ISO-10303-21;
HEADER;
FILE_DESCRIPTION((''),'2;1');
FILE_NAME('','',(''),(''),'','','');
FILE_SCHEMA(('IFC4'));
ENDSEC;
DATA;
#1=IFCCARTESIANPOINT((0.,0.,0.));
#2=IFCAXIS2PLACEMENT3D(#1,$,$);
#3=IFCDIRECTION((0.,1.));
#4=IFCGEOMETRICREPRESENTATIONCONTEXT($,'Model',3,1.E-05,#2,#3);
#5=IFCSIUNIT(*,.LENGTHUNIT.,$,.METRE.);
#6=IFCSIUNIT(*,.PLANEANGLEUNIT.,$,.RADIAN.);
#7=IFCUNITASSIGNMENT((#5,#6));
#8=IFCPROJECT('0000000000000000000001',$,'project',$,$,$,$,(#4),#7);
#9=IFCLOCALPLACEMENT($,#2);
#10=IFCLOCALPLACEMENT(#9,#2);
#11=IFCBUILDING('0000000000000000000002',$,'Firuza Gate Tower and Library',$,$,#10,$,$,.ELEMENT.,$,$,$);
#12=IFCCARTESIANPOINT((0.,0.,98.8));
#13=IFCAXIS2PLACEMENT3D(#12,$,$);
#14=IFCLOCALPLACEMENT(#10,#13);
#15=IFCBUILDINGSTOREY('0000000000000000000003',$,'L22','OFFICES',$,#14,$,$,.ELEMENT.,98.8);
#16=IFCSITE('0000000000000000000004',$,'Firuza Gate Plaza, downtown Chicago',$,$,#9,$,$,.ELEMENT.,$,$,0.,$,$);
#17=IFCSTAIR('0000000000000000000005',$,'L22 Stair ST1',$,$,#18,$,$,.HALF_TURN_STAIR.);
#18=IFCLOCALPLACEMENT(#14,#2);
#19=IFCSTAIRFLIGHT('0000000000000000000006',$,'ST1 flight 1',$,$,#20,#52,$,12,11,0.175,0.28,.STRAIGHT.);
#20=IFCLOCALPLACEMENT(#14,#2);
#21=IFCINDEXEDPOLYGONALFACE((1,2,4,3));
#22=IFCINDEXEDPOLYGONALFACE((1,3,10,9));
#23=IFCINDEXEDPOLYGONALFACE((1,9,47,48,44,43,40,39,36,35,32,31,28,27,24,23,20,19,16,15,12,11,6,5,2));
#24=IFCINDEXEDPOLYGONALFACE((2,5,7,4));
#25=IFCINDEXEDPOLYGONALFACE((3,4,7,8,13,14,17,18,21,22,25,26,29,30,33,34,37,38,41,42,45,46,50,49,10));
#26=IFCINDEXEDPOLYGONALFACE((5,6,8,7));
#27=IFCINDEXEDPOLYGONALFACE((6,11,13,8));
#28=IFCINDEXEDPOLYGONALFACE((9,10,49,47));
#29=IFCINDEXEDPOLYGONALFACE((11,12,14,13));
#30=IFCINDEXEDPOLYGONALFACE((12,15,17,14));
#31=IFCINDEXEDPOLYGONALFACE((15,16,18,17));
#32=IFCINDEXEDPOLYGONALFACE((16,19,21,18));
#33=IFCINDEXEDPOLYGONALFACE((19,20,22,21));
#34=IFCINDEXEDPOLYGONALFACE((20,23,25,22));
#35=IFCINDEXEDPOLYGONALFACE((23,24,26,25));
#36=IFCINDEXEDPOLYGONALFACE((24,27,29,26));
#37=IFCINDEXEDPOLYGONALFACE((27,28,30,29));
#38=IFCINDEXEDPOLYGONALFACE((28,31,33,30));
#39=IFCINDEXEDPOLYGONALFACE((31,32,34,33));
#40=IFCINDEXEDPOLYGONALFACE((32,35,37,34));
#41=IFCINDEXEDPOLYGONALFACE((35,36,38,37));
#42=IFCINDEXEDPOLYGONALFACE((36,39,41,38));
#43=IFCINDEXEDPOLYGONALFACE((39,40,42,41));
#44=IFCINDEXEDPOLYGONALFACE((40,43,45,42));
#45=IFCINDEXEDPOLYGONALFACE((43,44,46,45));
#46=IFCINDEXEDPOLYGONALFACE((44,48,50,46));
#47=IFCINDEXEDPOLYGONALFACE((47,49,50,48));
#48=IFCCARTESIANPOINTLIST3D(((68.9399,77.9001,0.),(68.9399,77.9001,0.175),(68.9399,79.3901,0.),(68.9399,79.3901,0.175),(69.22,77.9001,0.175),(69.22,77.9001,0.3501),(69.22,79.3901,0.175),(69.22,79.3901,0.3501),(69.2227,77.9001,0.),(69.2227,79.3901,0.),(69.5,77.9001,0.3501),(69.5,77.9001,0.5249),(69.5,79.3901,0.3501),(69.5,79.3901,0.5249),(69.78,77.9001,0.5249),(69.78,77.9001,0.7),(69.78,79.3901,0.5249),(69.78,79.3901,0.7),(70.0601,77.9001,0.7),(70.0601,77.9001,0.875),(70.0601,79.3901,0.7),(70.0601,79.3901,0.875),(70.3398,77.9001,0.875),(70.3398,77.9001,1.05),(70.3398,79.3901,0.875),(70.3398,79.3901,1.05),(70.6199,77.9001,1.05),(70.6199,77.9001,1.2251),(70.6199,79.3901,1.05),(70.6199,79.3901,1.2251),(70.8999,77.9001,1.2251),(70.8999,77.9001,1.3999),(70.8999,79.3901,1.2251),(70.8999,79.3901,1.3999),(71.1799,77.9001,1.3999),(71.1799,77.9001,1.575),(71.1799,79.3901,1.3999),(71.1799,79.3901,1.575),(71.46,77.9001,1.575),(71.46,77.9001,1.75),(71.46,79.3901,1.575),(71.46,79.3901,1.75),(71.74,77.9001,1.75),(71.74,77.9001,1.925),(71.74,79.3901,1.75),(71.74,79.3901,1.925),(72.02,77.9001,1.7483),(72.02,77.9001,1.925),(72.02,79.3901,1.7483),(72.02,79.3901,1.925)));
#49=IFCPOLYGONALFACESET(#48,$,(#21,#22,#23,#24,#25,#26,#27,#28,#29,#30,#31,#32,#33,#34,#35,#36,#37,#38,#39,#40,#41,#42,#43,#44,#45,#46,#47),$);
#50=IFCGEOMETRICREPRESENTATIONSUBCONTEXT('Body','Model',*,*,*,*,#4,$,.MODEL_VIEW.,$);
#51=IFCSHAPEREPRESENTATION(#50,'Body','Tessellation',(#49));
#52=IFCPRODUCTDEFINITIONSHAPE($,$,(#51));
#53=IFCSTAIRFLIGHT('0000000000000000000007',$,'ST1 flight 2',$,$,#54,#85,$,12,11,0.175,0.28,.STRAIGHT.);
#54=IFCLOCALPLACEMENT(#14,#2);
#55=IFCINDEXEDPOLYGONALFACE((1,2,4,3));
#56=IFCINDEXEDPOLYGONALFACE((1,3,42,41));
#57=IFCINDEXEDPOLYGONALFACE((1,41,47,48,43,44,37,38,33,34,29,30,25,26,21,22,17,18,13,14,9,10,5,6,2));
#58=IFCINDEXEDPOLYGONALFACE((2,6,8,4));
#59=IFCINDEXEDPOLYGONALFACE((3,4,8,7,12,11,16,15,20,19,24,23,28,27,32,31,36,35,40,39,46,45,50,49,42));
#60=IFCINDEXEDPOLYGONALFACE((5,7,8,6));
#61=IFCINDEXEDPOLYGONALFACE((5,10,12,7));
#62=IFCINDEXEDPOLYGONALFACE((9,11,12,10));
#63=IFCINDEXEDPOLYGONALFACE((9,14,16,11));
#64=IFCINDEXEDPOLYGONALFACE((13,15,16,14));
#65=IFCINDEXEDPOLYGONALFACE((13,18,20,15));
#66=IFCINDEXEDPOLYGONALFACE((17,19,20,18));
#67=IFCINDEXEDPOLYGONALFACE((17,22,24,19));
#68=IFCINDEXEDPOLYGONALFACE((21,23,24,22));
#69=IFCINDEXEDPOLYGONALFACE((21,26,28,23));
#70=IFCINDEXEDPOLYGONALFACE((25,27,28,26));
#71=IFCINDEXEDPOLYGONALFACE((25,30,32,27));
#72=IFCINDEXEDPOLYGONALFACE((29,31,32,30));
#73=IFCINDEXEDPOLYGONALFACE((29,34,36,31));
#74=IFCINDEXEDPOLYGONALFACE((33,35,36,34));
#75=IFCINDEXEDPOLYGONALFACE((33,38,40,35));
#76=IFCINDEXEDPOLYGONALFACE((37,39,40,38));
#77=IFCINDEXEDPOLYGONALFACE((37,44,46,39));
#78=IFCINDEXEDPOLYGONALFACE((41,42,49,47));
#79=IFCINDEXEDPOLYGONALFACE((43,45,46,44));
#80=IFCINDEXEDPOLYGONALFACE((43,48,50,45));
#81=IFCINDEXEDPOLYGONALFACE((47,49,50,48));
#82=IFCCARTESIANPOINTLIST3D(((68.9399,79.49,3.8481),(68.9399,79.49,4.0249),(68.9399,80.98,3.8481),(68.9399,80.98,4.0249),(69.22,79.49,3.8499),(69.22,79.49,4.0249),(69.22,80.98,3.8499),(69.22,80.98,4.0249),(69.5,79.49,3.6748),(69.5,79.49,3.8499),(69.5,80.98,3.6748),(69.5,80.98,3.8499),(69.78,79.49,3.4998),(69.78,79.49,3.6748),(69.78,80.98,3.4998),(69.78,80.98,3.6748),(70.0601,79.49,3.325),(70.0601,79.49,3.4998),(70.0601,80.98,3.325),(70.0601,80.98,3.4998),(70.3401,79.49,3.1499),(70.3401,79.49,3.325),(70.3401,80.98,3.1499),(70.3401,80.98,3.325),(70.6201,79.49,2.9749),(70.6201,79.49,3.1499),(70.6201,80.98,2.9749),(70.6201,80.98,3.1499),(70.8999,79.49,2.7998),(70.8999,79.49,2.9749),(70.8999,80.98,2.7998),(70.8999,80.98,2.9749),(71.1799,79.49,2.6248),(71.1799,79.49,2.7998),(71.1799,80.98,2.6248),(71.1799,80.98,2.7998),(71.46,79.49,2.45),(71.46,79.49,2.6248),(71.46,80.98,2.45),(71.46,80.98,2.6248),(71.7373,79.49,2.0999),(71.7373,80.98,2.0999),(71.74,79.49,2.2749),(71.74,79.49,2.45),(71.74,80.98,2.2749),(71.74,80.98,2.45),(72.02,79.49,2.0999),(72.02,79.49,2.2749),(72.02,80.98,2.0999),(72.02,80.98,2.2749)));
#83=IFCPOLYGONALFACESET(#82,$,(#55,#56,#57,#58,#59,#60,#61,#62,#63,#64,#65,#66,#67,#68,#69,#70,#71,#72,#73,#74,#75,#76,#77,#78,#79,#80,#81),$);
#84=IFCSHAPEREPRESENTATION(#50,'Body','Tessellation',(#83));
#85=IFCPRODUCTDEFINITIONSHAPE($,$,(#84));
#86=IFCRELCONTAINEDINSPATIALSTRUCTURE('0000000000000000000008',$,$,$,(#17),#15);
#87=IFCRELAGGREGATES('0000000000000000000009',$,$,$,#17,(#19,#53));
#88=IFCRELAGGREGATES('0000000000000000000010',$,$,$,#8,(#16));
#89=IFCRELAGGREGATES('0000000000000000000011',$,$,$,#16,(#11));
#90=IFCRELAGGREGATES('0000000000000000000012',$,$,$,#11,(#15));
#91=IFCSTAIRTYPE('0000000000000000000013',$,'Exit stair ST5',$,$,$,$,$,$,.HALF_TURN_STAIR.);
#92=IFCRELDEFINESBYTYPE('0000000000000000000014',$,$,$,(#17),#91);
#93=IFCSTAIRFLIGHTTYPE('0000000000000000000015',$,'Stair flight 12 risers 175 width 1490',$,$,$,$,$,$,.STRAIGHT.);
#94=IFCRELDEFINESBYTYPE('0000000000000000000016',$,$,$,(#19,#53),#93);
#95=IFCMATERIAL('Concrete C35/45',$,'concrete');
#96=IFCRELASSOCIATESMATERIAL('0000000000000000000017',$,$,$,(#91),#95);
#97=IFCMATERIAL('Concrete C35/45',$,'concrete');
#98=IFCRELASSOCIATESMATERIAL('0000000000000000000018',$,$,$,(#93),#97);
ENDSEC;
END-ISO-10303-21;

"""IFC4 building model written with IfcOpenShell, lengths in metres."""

from ifc_helpers import new_model, si_unit, direction, frame, origin, place, context, subcontext, project, spatial, polyline, outline, extrude, material, type_object, element, aggregate, save


model = new_model("IFC4")

# Units and contexts
model_context = context("Model", 3, precision=1e-05, world=origin(), true_north=direction((0.0, 1.0)))
body_context = subcontext(model_context, "Body", "Model", "MODEL_VIEW")
ifc_project = project(units=[si_unit("LENGTHUNIT", "METRE"), si_unit("PLANEANGLEUNIT", "RADIAN")], contexts=[model_context])

# Site, building, storey
site_placement = place(None, origin())
site = spatial("IfcSite", under=ifc_project, at=site_placement, Name="Firuza Gate Plaza, downtown Chicago", CompositionType="ELEMENT", RefElevation=0.0)
building_placement = place(site_placement, origin())
building = spatial("IfcBuilding", under=site, at=building_placement, Name="Firuza Gate Tower and Library", CompositionType="ELEMENT")
storey_placement = place(building_placement, frame((0.0, 0.0, 98.8)))
storey = spatial("IfcBuildingStorey", under=building, at=storey_placement, Name="L22", Description="OFFICES", CompositionType="ELEMENT", Elevation=98.8)

# Stair, stair flights
ifc_material_1 = material(Name="Concrete C35/45", Category="concrete")
stair_type = type_object("IfcStairType", Name="Exit stair ST5", PredefinedType="HALF_TURN_STAIR", material=ifc_material_1)
stair_placement = place(storey_placement, origin())
stair = element("IfcStair", 1, at=stair_placement, inside=storey, type_object=stair_type, Name="L22 Stair ST1", PredefinedType="HALF_TURN_STAIR")
ifc_material_2 = material(Name="Concrete C35/45", Category="concrete")
stair_flight_type = type_object("IfcStairFlightType", Name="Stair flight 12 risers 175 width 1490", PredefinedType="STRAIGHT", material=ifc_material_2)
stair_flight_1_placement = place(storey_placement, frame((68.9399, 78.645, 0.0), z_axis=(0.0, 0.0, 1.0), x_axis=(1.0, 0.0, 0.0)))
stair_flight_1 = element("IfcStairFlight", 2, at=stair_flight_1_placement, type_object=stair_flight_type, Name="ST1 flight 1", NumberOfRisers=12, NumberOfTreads=11, PredefinedType="STRAIGHT", RiserHeight=0.175, TreadLength=0.28, context=body_context, shape_type="SweptSolid", body=[
    extrude(outline(polyline([(0.0, 0.0), (0.0, 0.175), (0.28, 0.175), (0.28, 0.3501), (0.5601, 0.3501), (0.5601, 0.5249), (0.8401, 0.5249), (0.8401, 0.7), (1.1201, 0.7), (1.1201, 0.875), (1.3999, 0.875), (1.3999, 1.05), (1.6799, 1.05), (1.6799, 1.2251), (1.96, 1.2251), (1.96, 1.3999), (2.24, 1.3999), (2.24, 1.575), (2.52, 1.575), (2.52, 1.75), (2.8, 1.75), (2.8, 1.925), (3.0801, 1.925), (3.0801, 2.1001), (3.0801, 1.7483), (0.2827, 0.0), (0.0, 0.0)])), frame((0.0, 0.7451, 0.0), z_axis=(0.0, -1.0, 0.0), x_axis=(1.0, 0.0, 0.0)), (0.0, 0.0, 1.0), 1.49),
])
stair_flight_2_placement = place(storey_placement, frame((72.02, 80.2351, 2.0999), z_axis=(0.0, 0.0, 1.0), x_axis=(-1.0, 0.0, 0.0)))
stair_flight_2 = element("IfcStairFlight", 3, at=stair_flight_2_placement, type_object=stair_flight_type, Name="ST1 flight 2", NumberOfRisers=12, NumberOfTreads=11, PredefinedType="STRAIGHT", RiserHeight=0.175, TreadLength=0.28, context=body_context, shape_type="SweptSolid", body=[
    extrude(outline(polyline([(0.0, 0.0), (0.0, 0.175), (0.28, 0.175), (0.28, 0.3501), (0.5601, 0.3501), (0.5601, 0.5249), (0.8401, 0.5249), (0.8401, 0.7), (1.1201, 0.7), (1.1201, 0.875), (1.3999, 0.875), (1.3999, 1.05), (1.6799, 1.05), (1.6799, 1.2251), (1.96, 1.2251), (1.96, 1.3999), (2.24, 1.3999), (2.24, 1.575), (2.52, 1.575), (2.52, 1.75), (2.8, 1.75), (2.8, 1.925), (3.0801, 1.925), (3.0801, 2.1001), (3.0801, 1.7483), (0.2827, 0.0), (0.0, 0.0)])), frame((0.0, 0.7451, 0.0), z_axis=(0.0, -1.0, 0.0), x_axis=(1.0, 0.0, 0.0)), (0.0, 0.0, 1.0), 1.49),
])
aggregate(stair, [stair_flight_1, stair_flight_2])

save(model, "model.ifc")
